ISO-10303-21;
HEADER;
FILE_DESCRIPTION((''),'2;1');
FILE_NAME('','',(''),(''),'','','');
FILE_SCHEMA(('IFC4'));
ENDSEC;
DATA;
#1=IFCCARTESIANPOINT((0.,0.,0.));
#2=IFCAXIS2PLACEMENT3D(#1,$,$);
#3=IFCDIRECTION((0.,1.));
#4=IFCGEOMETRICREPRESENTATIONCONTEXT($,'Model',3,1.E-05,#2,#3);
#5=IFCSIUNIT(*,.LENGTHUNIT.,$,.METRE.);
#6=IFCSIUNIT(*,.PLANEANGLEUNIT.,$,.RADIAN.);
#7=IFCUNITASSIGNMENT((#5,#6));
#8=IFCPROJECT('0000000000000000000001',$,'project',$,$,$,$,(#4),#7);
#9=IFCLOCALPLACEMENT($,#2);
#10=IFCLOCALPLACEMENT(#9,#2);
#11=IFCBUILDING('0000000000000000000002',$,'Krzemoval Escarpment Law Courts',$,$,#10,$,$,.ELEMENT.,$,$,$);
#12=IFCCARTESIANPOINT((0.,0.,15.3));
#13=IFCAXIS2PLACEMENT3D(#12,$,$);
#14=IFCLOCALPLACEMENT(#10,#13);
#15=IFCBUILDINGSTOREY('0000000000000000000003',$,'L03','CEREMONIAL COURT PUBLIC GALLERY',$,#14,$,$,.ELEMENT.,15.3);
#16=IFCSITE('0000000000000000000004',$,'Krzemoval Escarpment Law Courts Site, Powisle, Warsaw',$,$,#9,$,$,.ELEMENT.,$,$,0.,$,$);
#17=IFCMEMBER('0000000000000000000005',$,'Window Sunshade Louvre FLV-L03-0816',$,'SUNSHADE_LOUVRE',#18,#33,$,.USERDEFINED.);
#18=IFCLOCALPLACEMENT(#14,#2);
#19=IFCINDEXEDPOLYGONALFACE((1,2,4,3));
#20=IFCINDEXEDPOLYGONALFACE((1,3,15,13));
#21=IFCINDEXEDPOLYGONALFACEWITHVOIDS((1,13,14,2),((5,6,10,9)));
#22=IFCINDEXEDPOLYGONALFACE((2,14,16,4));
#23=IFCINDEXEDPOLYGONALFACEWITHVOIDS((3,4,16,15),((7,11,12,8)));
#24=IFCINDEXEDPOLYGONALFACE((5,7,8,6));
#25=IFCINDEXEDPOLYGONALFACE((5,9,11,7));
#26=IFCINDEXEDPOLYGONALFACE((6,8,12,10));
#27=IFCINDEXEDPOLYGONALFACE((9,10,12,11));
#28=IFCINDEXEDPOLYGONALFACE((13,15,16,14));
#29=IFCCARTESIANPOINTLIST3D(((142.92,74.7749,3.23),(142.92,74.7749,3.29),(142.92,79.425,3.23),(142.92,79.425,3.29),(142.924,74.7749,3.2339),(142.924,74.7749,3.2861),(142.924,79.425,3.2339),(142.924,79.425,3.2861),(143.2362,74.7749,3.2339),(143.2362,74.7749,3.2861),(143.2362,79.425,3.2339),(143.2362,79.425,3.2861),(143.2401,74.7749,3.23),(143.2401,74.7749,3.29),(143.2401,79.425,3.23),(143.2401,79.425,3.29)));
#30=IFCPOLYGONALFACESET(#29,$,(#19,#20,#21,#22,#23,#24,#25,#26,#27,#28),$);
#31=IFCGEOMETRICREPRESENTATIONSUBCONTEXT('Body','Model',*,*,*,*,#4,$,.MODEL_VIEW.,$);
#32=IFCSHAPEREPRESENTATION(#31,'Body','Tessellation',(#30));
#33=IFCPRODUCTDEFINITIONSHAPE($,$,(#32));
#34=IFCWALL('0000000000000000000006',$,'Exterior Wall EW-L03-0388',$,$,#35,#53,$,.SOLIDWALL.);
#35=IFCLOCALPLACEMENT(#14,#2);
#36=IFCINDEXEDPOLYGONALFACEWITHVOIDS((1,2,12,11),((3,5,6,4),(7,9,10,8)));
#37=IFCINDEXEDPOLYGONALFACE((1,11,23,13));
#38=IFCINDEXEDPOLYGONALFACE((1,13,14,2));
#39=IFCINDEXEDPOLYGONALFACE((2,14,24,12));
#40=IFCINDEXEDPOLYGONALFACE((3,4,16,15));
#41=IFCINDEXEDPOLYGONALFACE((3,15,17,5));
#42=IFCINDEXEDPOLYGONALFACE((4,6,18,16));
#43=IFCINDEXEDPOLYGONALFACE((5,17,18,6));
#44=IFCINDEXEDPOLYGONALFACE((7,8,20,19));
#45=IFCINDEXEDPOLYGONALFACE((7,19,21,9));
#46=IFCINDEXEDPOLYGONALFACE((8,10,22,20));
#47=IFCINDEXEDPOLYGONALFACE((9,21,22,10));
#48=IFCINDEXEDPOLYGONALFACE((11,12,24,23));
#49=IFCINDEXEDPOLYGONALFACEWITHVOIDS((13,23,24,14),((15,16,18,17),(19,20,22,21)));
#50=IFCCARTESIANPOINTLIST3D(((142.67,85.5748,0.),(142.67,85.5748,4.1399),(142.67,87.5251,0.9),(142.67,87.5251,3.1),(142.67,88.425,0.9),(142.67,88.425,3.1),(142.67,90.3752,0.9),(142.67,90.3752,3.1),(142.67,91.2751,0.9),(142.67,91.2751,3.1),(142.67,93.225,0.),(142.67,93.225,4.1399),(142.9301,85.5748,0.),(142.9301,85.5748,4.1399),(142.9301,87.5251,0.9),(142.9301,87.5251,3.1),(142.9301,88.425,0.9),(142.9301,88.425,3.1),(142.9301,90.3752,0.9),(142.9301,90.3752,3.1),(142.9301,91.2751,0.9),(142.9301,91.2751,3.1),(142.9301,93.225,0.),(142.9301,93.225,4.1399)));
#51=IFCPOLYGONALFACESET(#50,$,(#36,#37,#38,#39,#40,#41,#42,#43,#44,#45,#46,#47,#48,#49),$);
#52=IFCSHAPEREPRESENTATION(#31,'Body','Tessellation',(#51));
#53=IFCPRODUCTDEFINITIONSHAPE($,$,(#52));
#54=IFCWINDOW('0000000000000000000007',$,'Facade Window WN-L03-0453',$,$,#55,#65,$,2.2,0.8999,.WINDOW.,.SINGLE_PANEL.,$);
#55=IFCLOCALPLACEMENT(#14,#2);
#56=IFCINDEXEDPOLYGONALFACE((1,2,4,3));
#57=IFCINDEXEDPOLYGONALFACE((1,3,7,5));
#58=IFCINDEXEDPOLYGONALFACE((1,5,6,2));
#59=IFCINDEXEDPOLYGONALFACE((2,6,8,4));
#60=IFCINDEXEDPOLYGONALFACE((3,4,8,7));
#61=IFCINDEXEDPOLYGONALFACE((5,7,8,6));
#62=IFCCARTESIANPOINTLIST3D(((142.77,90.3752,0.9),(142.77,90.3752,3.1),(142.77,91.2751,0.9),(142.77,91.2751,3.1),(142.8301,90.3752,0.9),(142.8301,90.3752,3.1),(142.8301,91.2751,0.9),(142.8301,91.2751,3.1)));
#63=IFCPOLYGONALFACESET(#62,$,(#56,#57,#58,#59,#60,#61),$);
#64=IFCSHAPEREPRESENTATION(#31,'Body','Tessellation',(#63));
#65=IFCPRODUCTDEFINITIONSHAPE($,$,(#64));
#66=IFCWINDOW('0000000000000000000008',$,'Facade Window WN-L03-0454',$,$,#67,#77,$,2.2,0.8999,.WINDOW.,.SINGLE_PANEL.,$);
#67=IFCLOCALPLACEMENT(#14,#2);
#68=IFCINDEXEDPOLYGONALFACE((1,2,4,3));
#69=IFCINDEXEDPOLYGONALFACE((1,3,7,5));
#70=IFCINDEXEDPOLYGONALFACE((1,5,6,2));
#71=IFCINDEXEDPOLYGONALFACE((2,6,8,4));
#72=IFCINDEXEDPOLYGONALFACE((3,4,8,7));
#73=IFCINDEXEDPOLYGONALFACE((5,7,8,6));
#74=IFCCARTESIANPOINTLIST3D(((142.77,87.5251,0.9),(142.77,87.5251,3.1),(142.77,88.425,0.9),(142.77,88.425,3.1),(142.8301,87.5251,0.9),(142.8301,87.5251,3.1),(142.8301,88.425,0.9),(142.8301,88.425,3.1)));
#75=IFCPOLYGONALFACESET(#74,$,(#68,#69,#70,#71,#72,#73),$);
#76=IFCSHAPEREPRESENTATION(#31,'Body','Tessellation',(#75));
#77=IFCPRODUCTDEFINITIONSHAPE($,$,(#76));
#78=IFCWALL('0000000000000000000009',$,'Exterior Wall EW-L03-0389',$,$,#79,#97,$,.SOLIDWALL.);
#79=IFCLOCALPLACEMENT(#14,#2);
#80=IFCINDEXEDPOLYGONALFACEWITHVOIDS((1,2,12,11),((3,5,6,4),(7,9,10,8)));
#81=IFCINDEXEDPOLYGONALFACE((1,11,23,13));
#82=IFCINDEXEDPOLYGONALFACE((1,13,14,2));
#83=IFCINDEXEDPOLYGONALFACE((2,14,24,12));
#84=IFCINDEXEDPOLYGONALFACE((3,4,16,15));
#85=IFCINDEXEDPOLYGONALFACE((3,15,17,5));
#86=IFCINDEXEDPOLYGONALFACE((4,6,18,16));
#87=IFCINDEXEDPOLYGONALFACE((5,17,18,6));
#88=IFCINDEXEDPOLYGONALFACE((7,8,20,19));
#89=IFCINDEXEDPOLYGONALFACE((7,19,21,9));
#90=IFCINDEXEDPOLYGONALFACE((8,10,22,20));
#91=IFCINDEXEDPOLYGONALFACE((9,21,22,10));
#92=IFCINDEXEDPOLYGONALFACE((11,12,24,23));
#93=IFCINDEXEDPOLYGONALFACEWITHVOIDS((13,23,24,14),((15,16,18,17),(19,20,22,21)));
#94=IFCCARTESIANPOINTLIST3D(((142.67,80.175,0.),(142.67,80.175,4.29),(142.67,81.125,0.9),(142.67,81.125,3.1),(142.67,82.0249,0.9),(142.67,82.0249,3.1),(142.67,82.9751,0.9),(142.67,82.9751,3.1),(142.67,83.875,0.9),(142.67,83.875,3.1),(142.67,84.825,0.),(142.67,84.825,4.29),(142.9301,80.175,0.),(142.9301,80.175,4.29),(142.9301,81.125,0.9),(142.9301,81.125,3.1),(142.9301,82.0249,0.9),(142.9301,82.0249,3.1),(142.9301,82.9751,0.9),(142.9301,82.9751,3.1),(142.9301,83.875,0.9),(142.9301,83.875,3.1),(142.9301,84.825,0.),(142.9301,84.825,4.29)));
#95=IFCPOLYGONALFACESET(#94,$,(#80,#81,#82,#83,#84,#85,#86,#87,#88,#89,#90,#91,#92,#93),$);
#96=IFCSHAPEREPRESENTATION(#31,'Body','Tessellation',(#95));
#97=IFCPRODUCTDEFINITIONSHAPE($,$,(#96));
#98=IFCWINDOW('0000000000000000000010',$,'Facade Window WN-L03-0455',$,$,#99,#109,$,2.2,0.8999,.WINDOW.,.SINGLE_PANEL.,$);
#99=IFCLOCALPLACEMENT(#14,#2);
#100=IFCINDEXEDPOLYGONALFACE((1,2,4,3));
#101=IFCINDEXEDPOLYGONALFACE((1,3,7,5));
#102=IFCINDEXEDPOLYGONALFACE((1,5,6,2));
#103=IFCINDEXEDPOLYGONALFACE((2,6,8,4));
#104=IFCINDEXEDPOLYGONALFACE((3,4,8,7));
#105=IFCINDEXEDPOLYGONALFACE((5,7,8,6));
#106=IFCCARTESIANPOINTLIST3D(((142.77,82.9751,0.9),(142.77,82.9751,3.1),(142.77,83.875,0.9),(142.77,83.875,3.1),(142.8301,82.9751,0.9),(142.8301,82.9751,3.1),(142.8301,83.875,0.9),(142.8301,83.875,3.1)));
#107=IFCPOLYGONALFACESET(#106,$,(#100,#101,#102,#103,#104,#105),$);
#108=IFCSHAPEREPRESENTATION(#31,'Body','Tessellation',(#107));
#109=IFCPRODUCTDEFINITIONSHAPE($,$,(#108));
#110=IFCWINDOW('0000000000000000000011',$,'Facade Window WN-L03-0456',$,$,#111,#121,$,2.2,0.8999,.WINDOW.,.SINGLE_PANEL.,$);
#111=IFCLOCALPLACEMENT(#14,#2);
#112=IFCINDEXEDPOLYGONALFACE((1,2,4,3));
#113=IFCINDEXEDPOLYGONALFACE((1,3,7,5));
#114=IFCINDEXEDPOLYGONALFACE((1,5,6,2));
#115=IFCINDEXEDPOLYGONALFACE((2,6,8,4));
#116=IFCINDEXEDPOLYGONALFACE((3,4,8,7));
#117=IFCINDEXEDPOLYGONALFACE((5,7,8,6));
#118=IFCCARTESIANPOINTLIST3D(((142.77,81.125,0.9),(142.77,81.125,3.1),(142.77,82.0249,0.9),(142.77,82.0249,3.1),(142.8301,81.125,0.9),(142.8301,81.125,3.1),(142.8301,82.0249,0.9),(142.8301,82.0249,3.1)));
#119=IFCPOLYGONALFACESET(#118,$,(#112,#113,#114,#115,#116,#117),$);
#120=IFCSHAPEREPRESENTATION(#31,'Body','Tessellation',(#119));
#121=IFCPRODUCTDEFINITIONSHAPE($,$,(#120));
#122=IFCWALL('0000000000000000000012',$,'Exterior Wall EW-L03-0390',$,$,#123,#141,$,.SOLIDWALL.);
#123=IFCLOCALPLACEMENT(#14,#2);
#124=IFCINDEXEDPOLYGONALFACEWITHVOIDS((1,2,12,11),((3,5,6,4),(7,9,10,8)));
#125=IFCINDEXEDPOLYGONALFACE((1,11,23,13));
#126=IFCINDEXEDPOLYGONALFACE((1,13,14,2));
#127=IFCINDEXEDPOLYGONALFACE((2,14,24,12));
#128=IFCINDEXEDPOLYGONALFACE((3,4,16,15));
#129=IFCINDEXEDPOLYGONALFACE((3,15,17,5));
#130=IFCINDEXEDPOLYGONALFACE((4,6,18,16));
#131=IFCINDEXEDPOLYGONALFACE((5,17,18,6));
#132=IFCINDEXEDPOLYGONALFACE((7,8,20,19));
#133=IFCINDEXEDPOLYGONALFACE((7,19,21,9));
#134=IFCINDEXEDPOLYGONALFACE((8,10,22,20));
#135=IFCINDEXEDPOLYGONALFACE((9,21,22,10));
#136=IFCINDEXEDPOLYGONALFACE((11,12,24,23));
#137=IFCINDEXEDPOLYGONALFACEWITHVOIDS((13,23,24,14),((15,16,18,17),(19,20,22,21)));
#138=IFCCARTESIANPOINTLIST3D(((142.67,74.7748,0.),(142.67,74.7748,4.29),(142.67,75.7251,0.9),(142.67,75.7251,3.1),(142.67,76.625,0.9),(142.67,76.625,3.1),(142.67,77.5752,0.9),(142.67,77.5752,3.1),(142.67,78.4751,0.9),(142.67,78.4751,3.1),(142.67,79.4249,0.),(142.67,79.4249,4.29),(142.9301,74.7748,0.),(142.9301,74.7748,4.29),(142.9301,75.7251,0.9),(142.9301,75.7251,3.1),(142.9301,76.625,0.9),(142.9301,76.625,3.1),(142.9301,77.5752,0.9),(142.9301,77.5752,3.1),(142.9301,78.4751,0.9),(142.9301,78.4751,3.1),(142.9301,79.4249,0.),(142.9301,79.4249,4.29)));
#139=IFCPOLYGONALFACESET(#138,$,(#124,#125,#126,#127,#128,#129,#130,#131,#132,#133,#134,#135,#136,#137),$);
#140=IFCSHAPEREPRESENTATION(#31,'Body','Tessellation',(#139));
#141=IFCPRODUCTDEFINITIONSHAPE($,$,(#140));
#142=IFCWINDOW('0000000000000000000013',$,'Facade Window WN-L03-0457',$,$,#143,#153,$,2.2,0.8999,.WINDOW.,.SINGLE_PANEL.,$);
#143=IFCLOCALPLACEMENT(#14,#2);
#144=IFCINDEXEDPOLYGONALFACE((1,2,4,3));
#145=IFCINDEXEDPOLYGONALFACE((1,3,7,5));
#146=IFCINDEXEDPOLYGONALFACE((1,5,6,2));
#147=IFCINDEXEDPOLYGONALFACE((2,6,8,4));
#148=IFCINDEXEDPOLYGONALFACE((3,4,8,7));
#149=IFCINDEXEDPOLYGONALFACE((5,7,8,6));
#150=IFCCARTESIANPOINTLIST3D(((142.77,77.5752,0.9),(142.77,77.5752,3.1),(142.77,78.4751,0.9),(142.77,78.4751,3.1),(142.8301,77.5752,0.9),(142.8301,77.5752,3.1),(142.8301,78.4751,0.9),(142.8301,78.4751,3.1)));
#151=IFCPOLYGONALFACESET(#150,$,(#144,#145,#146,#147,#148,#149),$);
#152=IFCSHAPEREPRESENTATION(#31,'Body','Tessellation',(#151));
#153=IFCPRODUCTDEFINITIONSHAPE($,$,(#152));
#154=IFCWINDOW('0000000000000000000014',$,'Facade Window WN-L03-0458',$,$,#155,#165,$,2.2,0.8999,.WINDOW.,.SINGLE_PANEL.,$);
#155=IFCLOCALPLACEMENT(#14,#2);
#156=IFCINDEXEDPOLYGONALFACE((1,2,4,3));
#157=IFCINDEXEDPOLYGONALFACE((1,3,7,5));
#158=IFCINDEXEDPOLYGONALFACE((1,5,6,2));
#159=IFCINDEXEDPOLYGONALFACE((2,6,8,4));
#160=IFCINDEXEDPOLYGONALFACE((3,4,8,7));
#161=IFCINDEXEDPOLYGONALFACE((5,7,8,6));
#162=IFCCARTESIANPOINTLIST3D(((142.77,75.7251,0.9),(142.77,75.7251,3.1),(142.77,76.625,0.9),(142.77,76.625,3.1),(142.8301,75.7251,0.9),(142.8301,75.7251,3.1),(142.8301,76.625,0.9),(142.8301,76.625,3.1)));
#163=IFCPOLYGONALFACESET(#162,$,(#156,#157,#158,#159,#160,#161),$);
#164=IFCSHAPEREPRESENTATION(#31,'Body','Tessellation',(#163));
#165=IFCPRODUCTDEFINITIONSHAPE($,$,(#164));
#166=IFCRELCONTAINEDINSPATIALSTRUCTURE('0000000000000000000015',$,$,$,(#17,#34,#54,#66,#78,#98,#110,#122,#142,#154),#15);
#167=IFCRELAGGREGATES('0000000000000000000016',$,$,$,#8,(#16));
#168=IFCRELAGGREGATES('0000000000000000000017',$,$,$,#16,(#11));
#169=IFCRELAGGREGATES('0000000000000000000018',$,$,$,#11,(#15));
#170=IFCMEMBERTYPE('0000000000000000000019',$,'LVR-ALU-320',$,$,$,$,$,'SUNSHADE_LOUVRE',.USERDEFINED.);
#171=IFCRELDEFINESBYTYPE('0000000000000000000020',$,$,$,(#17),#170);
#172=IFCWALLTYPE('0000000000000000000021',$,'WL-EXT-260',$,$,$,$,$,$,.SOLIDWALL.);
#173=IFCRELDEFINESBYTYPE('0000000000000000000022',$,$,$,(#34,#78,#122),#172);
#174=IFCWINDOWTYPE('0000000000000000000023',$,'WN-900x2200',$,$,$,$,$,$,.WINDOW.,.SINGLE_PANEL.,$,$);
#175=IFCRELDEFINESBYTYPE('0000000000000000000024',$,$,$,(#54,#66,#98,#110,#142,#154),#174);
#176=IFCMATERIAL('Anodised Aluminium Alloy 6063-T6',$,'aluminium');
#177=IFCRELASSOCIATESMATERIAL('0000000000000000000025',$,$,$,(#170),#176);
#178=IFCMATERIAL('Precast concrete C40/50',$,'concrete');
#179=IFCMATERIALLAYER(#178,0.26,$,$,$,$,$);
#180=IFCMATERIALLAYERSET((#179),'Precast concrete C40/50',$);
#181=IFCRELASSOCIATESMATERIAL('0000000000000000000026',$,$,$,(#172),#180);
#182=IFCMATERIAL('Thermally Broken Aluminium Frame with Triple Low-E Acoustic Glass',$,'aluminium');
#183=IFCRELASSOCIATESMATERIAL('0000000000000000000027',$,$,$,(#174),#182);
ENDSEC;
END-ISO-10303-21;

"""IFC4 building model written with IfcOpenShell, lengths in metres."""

from ifc_helpers import new_model, si_unit, direction, frame, frame_2d, origin, origin_2d, place, context, subcontext, project, spatial, rectangle, hollow_rectangle, extrude, material, layer, layer_set, material_profile, profile_set, type_object, element, fill, save


model = new_model("IFC4")

# Units and contexts
model_context = context("Model", 3, precision=1e-05, world=origin(), true_north=direction((0.0, 1.0)))
body_context = subcontext(model_context, "Body", "Model", "MODEL_VIEW")
ifc_project = project(units=[si_unit("LENGTHUNIT", "METRE"), si_unit("PLANEANGLEUNIT", "RADIAN")], contexts=[model_context])

# Site, building, storey
site_placement = place(None, origin())
site = spatial("IfcSite", under=ifc_project, at=site_placement, Name="Krzemoval Escarpment Law Courts Site, Powisle, Warsaw", CompositionType="ELEMENT", RefElevation=0.0)
building_placement = place(site_placement, origin())
building = spatial("IfcBuilding", under=site, at=building_placement, Name="Krzemoval Escarpment Law Courts", CompositionType="ELEMENT")
storey_placement = place(building_placement, frame((0.0, 0.0, 15.3)))
storey = spatial("IfcBuildingStorey", under=building, at=storey_placement, Name="L03", Description="CEREMONIAL COURT PUBLIC GALLERY", CompositionType="ELEMENT", Elevation=15.3)

# Member
ifc_material_1 = material(Name="Anodised Aluminium Alloy 6063-T6", Category="aluminium")
ifc_material_profile_1 = material_profile(ifc_material_1, hollow_rectangle(XDim=0.0601, YDim=0.3201, WallThickness=0.0039, at=origin_2d()), Name="ALU LVR 60x320")
ifc_profile_set_1 = profile_set([ifc_material_profile_1], Name="Anodised Aluminium Alloy 6063-T6")
member_type = type_object("IfcMemberType", Name="LVR-ALU-320", ElementType="SUNSHADE_LOUVRE", PredefinedType="USERDEFINED", material=ifc_profile_set_1)
member_1_placement = place(storey_placement, frame((143.0801, 79.425, 3.26), z_axis=(0.0, -1.0, 0.0), x_axis=(0.0, 0.0, 1.0)))
element("IfcMember", 1, at=member_1_placement, inside=storey, type_object=member_type, Name="Window Sunshade Louvre FLV-L03-0816", ObjectType="SUNSHADE_LOUVRE", PredefinedType="USERDEFINED", context=body_context, shape_type="SweptSolid", body=[
    extrude(hollow_rectangle(XDim=0.0601, YDim=0.3201, WallThickness=0.0039, at=origin_2d()), origin(), (0.0, 0.0, 1.0), 4.6501),
])

# Walls, openings, windows
ifc_material_2 = material(Name="Precast concrete C40/50", Category="concrete")
ifc_layer = layer(ifc_material_2, 0.26)
ifc_layer_set = layer_set([ifc_layer], Name="Precast concrete C40/50")
wall_type = type_object("IfcWallType", Name="WL-EXT-260", PredefinedType="SOLIDWALL", material=ifc_layer_set)
wall_1_placement = place(storey_placement, frame((142.8, 93.2251, 0.0), z_axis=(0.0, 0.0, 1.0), x_axis=(0.0, -1.0, 0.0)))
wall_1 = element("IfcWall", 2, at=wall_1_placement, inside=storey, type_object=wall_type, Name="Exterior Wall EW-L03-0388", PredefinedType="SOLIDWALL", context=body_context, shape_type="SweptSolid", body=[
    extrude(rectangle(XDim=7.6501, YDim=0.26, at=frame_2d((3.8252, 0.0))), origin(), (0.0, 0.0, 1.0), 4.1399),
])
opening_1_placement = place(wall_1_placement, frame((1.95, 0.0, 0.8999)))
opening_1 = element("IfcOpeningElement", 3, at=opening_1_placement, cuts=wall_1, PredefinedType="OPENING", context=body_context, shape_type="SweptSolid", body=[
    extrude(rectangle(XDim=0.8999, YDim=2.2, at=frame_2d((0.45, 1.1001))), frame((0.0, 0.145, 0.0), z_axis=(0.0, -1.0, 0.0), x_axis=(1.0, 0.0, 0.0)), (0.0, 0.0, 1.0), 0.29),
])
opening_2_placement = place(wall_1_placement, frame((4.8, 0.0, 0.8999)))
opening_2 = element("IfcOpeningElement", 4, at=opening_2_placement, cuts=wall_1, PredefinedType="OPENING", context=body_context, shape_type="SweptSolid", body=[
    extrude(rectangle(XDim=0.8999, YDim=2.2, at=frame_2d((0.45, 1.1001))), frame((0.0, 0.145, 0.0), z_axis=(0.0, -1.0, 0.0), x_axis=(1.0, 0.0, 0.0)), (0.0, 0.0, 1.0), 0.29),
])
ifc_material_3 = material(Name="Thermally Broken Aluminium Frame with Triple Low-E Acoustic Glass", Category="aluminium")
window_type = type_object("IfcWindowType", Name="WN-900x2200", PartitioningType="SINGLE_PANEL", PredefinedType="WINDOW", material=ifc_material_3)
window_1_placement = place(opening_1_placement, origin())
window_1 = element("IfcWindow", 5, at=window_1_placement, inside=storey, type_object=window_type, Name="Facade Window WN-L03-0453", OverallHeight=2.2, OverallWidth=0.8999, PartitioningType="SINGLE_PANEL", PredefinedType="WINDOW", context=body_context, shape_type="SweptSolid", body=[
    extrude(rectangle(XDim=0.8999, YDim=2.2, at=frame_2d((0.45, 1.1001))), frame((0.0, 0.03, 0.0), z_axis=(0.0, -1.0, 0.0), x_axis=(1.0, 0.0, 0.0)), (0.0, 0.0, 1.0), 0.0601),
])
fill(opening_1, window_1)
window_2_placement = place(opening_2_placement, origin())
window_2 = element("IfcWindow", 6, at=window_2_placement, inside=storey, type_object=window_type, Name="Facade Window WN-L03-0454", OverallHeight=2.2, OverallWidth=0.8999, PartitioningType="SINGLE_PANEL", PredefinedType="WINDOW", context=body_context, shape_type="SweptSolid", body=[
    extrude(rectangle(XDim=0.8999, YDim=2.2, at=frame_2d((0.45, 1.1001))), frame((0.0, 0.03, 0.0), z_axis=(0.0, -1.0, 0.0), x_axis=(1.0, 0.0, 0.0)), (0.0, 0.0, 1.0), 0.0601),
])
fill(opening_2, window_2)
wall_2_placement = place(storey_placement, frame((142.8, 84.825, 0.0), z_axis=(0.0, 0.0, 1.0), x_axis=(0.0, -1.0, 0.0)))
wall_2 = element("IfcWall", 7, at=wall_2_placement, inside=storey, type_object=wall_type, Name="Exterior Wall EW-L03-0389", PredefinedType="SOLIDWALL", context=body_context, shape_type="SweptSolid", body=[
    extrude(rectangle(XDim=4.6499, YDim=0.26, at=frame_2d((2.325, 0.0))), origin(), (0.0, 0.0, 1.0), 4.29),
])
opening_3_placement = place(wall_2_placement, frame((0.95, 0.0, 0.8999)))
opening_3 = element("IfcOpeningElement", 8, at=opening_3_placement, cuts=wall_2, PredefinedType="OPENING", context=body_context, shape_type="SweptSolid", body=[
    extrude(rectangle(XDim=0.8999, YDim=2.2, at=frame_2d((0.45, 1.1001))), frame((0.0, 0.145, 0.0), z_axis=(0.0, -1.0, 0.0), x_axis=(1.0, 0.0, 0.0)), (0.0, 0.0, 1.0), 0.29),
])
opening_4_placement = place(wall_2_placement, frame((2.8, 0.0, 0.8999)))
opening_4 = element("IfcOpeningElement", 9, at=opening_4_placement, cuts=wall_2, PredefinedType="OPENING", context=body_context, shape_type="SweptSolid", body=[
    extrude(rectangle(XDim=0.8999, YDim=2.2, at=frame_2d((0.45, 1.1001))), frame((0.0, 0.145, 0.0), z_axis=(0.0, -1.0, 0.0), x_axis=(1.0, 0.0, 0.0)), (0.0, 0.0, 1.0), 0.29),
])
window_3_placement = place(opening_3_placement, origin())
window_3 = element("IfcWindow", 10, at=window_3_placement, inside=storey, type_object=window_type, Name="Facade Window WN-L03-0455", OverallHeight=2.2, OverallWidth=0.8999, PartitioningType="SINGLE_PANEL", PredefinedType="WINDOW", context=body_context, shape_type="SweptSolid", body=[
    extrude(rectangle(XDim=0.8999, YDim=2.2, at=frame_2d((0.45, 1.1001))), frame((0.0, 0.03, 0.0), z_axis=(0.0, -1.0, 0.0), x_axis=(1.0, 0.0, 0.0)), (0.0, 0.0, 1.0), 0.0601),
])
fill(opening_3, window_3)
window_4_placement = place(opening_4_placement, origin())
window_4 = element("IfcWindow", 11, at=window_4_placement, inside=storey, type_object=window_type, Name="Facade Window WN-L03-0456", OverallHeight=2.2, OverallWidth=0.8999, PartitioningType="SINGLE_PANEL", PredefinedType="WINDOW", context=body_context, shape_type="SweptSolid", body=[
    extrude(rectangle(XDim=0.8999, YDim=2.2, at=frame_2d((0.45, 1.1001))), frame((0.0, 0.03, 0.0), z_axis=(0.0, -1.0, 0.0), x_axis=(1.0, 0.0, 0.0)), (0.0, 0.0, 1.0), 0.0601),
])
fill(opening_4, window_4)
wall_3_placement = place(storey_placement, frame((142.8, 79.425, 0.0), z_axis=(0.0, 0.0, 1.0), x_axis=(0.0, -1.0, 0.0)))
wall_3 = element("IfcWall", 12, at=wall_3_placement, inside=storey, type_object=wall_type, Name="Exterior Wall EW-L03-0390", PredefinedType="SOLIDWALL", context=body_context, shape_type="SweptSolid", body=[
    extrude(rectangle(XDim=4.6501, YDim=0.26, at=frame_2d((2.3252, 0.0))), origin(), (0.0, 0.0, 1.0), 4.29),
])
opening_5_placement = place(wall_3_placement, frame((0.95, 0.0, 0.8999)))
opening_5 = element("IfcOpeningElement", 13, at=opening_5_placement, cuts=wall_3, PredefinedType="OPENING", context=body_context, shape_type="SweptSolid", body=[
    extrude(rectangle(XDim=0.8999, YDim=2.2, at=frame_2d((0.45, 1.1001))), frame((0.0, 0.145, 0.0), z_axis=(0.0, -1.0, 0.0), x_axis=(1.0, 0.0, 0.0)), (0.0, 0.0, 1.0), 0.29),
])
opening_6_placement = place(wall_3_placement, frame((2.8, 0.0, 0.8999)))
opening_6 = element("IfcOpeningElement", 14, at=opening_6_placement, cuts=wall_3, PredefinedType="OPENING", context=body_context, shape_type="SweptSolid", body=[
    extrude(rectangle(XDim=0.8999, YDim=2.2, at=frame_2d((0.45, 1.1001))), frame((0.0, 0.145, 0.0), z_axis=(0.0, -1.0, 0.0), x_axis=(1.0, 0.0, 0.0)), (0.0, 0.0, 1.0), 0.29),
])
window_5_placement = place(opening_5_placement, origin())
window_5 = element("IfcWindow", 15, at=window_5_placement, inside=storey, type_object=window_type, Name="Facade Window WN-L03-0457", OverallHeight=2.2, OverallWidth=0.8999, PartitioningType="SINGLE_PANEL", PredefinedType="WINDOW", context=body_context, shape_type="SweptSolid", body=[
    extrude(rectangle(XDim=0.8999, YDim=2.2, at=frame_2d((0.45, 1.1001))), frame((0.0, 0.03, 0.0), z_axis=(0.0, -1.0, 0.0), x_axis=(1.0, 0.0, 0.0)), (0.0, 0.0, 1.0), 0.0601),
])
fill(opening_5, window_5)
window_6_placement = place(opening_6_placement, origin())
window_6 = element("IfcWindow", 16, at=window_6_placement, inside=storey, type_object=window_type, Name="Facade Window WN-L03-0458", OverallHeight=2.2, OverallWidth=0.8999, PartitioningType="SINGLE_PANEL", PredefinedType="WINDOW", context=body_context, shape_type="SweptSolid", body=[
    extrude(rectangle(XDim=0.8999, YDim=2.2, at=frame_2d((0.45, 1.1001))), frame((0.0, 0.03, 0.0), z_axis=(0.0, -1.0, 0.0), x_axis=(1.0, 0.0, 0.0)), (0.0, 0.0, 1.0), 0.0601),
])
fill(opening_6, window_6)

save(model, "model.ifc")
